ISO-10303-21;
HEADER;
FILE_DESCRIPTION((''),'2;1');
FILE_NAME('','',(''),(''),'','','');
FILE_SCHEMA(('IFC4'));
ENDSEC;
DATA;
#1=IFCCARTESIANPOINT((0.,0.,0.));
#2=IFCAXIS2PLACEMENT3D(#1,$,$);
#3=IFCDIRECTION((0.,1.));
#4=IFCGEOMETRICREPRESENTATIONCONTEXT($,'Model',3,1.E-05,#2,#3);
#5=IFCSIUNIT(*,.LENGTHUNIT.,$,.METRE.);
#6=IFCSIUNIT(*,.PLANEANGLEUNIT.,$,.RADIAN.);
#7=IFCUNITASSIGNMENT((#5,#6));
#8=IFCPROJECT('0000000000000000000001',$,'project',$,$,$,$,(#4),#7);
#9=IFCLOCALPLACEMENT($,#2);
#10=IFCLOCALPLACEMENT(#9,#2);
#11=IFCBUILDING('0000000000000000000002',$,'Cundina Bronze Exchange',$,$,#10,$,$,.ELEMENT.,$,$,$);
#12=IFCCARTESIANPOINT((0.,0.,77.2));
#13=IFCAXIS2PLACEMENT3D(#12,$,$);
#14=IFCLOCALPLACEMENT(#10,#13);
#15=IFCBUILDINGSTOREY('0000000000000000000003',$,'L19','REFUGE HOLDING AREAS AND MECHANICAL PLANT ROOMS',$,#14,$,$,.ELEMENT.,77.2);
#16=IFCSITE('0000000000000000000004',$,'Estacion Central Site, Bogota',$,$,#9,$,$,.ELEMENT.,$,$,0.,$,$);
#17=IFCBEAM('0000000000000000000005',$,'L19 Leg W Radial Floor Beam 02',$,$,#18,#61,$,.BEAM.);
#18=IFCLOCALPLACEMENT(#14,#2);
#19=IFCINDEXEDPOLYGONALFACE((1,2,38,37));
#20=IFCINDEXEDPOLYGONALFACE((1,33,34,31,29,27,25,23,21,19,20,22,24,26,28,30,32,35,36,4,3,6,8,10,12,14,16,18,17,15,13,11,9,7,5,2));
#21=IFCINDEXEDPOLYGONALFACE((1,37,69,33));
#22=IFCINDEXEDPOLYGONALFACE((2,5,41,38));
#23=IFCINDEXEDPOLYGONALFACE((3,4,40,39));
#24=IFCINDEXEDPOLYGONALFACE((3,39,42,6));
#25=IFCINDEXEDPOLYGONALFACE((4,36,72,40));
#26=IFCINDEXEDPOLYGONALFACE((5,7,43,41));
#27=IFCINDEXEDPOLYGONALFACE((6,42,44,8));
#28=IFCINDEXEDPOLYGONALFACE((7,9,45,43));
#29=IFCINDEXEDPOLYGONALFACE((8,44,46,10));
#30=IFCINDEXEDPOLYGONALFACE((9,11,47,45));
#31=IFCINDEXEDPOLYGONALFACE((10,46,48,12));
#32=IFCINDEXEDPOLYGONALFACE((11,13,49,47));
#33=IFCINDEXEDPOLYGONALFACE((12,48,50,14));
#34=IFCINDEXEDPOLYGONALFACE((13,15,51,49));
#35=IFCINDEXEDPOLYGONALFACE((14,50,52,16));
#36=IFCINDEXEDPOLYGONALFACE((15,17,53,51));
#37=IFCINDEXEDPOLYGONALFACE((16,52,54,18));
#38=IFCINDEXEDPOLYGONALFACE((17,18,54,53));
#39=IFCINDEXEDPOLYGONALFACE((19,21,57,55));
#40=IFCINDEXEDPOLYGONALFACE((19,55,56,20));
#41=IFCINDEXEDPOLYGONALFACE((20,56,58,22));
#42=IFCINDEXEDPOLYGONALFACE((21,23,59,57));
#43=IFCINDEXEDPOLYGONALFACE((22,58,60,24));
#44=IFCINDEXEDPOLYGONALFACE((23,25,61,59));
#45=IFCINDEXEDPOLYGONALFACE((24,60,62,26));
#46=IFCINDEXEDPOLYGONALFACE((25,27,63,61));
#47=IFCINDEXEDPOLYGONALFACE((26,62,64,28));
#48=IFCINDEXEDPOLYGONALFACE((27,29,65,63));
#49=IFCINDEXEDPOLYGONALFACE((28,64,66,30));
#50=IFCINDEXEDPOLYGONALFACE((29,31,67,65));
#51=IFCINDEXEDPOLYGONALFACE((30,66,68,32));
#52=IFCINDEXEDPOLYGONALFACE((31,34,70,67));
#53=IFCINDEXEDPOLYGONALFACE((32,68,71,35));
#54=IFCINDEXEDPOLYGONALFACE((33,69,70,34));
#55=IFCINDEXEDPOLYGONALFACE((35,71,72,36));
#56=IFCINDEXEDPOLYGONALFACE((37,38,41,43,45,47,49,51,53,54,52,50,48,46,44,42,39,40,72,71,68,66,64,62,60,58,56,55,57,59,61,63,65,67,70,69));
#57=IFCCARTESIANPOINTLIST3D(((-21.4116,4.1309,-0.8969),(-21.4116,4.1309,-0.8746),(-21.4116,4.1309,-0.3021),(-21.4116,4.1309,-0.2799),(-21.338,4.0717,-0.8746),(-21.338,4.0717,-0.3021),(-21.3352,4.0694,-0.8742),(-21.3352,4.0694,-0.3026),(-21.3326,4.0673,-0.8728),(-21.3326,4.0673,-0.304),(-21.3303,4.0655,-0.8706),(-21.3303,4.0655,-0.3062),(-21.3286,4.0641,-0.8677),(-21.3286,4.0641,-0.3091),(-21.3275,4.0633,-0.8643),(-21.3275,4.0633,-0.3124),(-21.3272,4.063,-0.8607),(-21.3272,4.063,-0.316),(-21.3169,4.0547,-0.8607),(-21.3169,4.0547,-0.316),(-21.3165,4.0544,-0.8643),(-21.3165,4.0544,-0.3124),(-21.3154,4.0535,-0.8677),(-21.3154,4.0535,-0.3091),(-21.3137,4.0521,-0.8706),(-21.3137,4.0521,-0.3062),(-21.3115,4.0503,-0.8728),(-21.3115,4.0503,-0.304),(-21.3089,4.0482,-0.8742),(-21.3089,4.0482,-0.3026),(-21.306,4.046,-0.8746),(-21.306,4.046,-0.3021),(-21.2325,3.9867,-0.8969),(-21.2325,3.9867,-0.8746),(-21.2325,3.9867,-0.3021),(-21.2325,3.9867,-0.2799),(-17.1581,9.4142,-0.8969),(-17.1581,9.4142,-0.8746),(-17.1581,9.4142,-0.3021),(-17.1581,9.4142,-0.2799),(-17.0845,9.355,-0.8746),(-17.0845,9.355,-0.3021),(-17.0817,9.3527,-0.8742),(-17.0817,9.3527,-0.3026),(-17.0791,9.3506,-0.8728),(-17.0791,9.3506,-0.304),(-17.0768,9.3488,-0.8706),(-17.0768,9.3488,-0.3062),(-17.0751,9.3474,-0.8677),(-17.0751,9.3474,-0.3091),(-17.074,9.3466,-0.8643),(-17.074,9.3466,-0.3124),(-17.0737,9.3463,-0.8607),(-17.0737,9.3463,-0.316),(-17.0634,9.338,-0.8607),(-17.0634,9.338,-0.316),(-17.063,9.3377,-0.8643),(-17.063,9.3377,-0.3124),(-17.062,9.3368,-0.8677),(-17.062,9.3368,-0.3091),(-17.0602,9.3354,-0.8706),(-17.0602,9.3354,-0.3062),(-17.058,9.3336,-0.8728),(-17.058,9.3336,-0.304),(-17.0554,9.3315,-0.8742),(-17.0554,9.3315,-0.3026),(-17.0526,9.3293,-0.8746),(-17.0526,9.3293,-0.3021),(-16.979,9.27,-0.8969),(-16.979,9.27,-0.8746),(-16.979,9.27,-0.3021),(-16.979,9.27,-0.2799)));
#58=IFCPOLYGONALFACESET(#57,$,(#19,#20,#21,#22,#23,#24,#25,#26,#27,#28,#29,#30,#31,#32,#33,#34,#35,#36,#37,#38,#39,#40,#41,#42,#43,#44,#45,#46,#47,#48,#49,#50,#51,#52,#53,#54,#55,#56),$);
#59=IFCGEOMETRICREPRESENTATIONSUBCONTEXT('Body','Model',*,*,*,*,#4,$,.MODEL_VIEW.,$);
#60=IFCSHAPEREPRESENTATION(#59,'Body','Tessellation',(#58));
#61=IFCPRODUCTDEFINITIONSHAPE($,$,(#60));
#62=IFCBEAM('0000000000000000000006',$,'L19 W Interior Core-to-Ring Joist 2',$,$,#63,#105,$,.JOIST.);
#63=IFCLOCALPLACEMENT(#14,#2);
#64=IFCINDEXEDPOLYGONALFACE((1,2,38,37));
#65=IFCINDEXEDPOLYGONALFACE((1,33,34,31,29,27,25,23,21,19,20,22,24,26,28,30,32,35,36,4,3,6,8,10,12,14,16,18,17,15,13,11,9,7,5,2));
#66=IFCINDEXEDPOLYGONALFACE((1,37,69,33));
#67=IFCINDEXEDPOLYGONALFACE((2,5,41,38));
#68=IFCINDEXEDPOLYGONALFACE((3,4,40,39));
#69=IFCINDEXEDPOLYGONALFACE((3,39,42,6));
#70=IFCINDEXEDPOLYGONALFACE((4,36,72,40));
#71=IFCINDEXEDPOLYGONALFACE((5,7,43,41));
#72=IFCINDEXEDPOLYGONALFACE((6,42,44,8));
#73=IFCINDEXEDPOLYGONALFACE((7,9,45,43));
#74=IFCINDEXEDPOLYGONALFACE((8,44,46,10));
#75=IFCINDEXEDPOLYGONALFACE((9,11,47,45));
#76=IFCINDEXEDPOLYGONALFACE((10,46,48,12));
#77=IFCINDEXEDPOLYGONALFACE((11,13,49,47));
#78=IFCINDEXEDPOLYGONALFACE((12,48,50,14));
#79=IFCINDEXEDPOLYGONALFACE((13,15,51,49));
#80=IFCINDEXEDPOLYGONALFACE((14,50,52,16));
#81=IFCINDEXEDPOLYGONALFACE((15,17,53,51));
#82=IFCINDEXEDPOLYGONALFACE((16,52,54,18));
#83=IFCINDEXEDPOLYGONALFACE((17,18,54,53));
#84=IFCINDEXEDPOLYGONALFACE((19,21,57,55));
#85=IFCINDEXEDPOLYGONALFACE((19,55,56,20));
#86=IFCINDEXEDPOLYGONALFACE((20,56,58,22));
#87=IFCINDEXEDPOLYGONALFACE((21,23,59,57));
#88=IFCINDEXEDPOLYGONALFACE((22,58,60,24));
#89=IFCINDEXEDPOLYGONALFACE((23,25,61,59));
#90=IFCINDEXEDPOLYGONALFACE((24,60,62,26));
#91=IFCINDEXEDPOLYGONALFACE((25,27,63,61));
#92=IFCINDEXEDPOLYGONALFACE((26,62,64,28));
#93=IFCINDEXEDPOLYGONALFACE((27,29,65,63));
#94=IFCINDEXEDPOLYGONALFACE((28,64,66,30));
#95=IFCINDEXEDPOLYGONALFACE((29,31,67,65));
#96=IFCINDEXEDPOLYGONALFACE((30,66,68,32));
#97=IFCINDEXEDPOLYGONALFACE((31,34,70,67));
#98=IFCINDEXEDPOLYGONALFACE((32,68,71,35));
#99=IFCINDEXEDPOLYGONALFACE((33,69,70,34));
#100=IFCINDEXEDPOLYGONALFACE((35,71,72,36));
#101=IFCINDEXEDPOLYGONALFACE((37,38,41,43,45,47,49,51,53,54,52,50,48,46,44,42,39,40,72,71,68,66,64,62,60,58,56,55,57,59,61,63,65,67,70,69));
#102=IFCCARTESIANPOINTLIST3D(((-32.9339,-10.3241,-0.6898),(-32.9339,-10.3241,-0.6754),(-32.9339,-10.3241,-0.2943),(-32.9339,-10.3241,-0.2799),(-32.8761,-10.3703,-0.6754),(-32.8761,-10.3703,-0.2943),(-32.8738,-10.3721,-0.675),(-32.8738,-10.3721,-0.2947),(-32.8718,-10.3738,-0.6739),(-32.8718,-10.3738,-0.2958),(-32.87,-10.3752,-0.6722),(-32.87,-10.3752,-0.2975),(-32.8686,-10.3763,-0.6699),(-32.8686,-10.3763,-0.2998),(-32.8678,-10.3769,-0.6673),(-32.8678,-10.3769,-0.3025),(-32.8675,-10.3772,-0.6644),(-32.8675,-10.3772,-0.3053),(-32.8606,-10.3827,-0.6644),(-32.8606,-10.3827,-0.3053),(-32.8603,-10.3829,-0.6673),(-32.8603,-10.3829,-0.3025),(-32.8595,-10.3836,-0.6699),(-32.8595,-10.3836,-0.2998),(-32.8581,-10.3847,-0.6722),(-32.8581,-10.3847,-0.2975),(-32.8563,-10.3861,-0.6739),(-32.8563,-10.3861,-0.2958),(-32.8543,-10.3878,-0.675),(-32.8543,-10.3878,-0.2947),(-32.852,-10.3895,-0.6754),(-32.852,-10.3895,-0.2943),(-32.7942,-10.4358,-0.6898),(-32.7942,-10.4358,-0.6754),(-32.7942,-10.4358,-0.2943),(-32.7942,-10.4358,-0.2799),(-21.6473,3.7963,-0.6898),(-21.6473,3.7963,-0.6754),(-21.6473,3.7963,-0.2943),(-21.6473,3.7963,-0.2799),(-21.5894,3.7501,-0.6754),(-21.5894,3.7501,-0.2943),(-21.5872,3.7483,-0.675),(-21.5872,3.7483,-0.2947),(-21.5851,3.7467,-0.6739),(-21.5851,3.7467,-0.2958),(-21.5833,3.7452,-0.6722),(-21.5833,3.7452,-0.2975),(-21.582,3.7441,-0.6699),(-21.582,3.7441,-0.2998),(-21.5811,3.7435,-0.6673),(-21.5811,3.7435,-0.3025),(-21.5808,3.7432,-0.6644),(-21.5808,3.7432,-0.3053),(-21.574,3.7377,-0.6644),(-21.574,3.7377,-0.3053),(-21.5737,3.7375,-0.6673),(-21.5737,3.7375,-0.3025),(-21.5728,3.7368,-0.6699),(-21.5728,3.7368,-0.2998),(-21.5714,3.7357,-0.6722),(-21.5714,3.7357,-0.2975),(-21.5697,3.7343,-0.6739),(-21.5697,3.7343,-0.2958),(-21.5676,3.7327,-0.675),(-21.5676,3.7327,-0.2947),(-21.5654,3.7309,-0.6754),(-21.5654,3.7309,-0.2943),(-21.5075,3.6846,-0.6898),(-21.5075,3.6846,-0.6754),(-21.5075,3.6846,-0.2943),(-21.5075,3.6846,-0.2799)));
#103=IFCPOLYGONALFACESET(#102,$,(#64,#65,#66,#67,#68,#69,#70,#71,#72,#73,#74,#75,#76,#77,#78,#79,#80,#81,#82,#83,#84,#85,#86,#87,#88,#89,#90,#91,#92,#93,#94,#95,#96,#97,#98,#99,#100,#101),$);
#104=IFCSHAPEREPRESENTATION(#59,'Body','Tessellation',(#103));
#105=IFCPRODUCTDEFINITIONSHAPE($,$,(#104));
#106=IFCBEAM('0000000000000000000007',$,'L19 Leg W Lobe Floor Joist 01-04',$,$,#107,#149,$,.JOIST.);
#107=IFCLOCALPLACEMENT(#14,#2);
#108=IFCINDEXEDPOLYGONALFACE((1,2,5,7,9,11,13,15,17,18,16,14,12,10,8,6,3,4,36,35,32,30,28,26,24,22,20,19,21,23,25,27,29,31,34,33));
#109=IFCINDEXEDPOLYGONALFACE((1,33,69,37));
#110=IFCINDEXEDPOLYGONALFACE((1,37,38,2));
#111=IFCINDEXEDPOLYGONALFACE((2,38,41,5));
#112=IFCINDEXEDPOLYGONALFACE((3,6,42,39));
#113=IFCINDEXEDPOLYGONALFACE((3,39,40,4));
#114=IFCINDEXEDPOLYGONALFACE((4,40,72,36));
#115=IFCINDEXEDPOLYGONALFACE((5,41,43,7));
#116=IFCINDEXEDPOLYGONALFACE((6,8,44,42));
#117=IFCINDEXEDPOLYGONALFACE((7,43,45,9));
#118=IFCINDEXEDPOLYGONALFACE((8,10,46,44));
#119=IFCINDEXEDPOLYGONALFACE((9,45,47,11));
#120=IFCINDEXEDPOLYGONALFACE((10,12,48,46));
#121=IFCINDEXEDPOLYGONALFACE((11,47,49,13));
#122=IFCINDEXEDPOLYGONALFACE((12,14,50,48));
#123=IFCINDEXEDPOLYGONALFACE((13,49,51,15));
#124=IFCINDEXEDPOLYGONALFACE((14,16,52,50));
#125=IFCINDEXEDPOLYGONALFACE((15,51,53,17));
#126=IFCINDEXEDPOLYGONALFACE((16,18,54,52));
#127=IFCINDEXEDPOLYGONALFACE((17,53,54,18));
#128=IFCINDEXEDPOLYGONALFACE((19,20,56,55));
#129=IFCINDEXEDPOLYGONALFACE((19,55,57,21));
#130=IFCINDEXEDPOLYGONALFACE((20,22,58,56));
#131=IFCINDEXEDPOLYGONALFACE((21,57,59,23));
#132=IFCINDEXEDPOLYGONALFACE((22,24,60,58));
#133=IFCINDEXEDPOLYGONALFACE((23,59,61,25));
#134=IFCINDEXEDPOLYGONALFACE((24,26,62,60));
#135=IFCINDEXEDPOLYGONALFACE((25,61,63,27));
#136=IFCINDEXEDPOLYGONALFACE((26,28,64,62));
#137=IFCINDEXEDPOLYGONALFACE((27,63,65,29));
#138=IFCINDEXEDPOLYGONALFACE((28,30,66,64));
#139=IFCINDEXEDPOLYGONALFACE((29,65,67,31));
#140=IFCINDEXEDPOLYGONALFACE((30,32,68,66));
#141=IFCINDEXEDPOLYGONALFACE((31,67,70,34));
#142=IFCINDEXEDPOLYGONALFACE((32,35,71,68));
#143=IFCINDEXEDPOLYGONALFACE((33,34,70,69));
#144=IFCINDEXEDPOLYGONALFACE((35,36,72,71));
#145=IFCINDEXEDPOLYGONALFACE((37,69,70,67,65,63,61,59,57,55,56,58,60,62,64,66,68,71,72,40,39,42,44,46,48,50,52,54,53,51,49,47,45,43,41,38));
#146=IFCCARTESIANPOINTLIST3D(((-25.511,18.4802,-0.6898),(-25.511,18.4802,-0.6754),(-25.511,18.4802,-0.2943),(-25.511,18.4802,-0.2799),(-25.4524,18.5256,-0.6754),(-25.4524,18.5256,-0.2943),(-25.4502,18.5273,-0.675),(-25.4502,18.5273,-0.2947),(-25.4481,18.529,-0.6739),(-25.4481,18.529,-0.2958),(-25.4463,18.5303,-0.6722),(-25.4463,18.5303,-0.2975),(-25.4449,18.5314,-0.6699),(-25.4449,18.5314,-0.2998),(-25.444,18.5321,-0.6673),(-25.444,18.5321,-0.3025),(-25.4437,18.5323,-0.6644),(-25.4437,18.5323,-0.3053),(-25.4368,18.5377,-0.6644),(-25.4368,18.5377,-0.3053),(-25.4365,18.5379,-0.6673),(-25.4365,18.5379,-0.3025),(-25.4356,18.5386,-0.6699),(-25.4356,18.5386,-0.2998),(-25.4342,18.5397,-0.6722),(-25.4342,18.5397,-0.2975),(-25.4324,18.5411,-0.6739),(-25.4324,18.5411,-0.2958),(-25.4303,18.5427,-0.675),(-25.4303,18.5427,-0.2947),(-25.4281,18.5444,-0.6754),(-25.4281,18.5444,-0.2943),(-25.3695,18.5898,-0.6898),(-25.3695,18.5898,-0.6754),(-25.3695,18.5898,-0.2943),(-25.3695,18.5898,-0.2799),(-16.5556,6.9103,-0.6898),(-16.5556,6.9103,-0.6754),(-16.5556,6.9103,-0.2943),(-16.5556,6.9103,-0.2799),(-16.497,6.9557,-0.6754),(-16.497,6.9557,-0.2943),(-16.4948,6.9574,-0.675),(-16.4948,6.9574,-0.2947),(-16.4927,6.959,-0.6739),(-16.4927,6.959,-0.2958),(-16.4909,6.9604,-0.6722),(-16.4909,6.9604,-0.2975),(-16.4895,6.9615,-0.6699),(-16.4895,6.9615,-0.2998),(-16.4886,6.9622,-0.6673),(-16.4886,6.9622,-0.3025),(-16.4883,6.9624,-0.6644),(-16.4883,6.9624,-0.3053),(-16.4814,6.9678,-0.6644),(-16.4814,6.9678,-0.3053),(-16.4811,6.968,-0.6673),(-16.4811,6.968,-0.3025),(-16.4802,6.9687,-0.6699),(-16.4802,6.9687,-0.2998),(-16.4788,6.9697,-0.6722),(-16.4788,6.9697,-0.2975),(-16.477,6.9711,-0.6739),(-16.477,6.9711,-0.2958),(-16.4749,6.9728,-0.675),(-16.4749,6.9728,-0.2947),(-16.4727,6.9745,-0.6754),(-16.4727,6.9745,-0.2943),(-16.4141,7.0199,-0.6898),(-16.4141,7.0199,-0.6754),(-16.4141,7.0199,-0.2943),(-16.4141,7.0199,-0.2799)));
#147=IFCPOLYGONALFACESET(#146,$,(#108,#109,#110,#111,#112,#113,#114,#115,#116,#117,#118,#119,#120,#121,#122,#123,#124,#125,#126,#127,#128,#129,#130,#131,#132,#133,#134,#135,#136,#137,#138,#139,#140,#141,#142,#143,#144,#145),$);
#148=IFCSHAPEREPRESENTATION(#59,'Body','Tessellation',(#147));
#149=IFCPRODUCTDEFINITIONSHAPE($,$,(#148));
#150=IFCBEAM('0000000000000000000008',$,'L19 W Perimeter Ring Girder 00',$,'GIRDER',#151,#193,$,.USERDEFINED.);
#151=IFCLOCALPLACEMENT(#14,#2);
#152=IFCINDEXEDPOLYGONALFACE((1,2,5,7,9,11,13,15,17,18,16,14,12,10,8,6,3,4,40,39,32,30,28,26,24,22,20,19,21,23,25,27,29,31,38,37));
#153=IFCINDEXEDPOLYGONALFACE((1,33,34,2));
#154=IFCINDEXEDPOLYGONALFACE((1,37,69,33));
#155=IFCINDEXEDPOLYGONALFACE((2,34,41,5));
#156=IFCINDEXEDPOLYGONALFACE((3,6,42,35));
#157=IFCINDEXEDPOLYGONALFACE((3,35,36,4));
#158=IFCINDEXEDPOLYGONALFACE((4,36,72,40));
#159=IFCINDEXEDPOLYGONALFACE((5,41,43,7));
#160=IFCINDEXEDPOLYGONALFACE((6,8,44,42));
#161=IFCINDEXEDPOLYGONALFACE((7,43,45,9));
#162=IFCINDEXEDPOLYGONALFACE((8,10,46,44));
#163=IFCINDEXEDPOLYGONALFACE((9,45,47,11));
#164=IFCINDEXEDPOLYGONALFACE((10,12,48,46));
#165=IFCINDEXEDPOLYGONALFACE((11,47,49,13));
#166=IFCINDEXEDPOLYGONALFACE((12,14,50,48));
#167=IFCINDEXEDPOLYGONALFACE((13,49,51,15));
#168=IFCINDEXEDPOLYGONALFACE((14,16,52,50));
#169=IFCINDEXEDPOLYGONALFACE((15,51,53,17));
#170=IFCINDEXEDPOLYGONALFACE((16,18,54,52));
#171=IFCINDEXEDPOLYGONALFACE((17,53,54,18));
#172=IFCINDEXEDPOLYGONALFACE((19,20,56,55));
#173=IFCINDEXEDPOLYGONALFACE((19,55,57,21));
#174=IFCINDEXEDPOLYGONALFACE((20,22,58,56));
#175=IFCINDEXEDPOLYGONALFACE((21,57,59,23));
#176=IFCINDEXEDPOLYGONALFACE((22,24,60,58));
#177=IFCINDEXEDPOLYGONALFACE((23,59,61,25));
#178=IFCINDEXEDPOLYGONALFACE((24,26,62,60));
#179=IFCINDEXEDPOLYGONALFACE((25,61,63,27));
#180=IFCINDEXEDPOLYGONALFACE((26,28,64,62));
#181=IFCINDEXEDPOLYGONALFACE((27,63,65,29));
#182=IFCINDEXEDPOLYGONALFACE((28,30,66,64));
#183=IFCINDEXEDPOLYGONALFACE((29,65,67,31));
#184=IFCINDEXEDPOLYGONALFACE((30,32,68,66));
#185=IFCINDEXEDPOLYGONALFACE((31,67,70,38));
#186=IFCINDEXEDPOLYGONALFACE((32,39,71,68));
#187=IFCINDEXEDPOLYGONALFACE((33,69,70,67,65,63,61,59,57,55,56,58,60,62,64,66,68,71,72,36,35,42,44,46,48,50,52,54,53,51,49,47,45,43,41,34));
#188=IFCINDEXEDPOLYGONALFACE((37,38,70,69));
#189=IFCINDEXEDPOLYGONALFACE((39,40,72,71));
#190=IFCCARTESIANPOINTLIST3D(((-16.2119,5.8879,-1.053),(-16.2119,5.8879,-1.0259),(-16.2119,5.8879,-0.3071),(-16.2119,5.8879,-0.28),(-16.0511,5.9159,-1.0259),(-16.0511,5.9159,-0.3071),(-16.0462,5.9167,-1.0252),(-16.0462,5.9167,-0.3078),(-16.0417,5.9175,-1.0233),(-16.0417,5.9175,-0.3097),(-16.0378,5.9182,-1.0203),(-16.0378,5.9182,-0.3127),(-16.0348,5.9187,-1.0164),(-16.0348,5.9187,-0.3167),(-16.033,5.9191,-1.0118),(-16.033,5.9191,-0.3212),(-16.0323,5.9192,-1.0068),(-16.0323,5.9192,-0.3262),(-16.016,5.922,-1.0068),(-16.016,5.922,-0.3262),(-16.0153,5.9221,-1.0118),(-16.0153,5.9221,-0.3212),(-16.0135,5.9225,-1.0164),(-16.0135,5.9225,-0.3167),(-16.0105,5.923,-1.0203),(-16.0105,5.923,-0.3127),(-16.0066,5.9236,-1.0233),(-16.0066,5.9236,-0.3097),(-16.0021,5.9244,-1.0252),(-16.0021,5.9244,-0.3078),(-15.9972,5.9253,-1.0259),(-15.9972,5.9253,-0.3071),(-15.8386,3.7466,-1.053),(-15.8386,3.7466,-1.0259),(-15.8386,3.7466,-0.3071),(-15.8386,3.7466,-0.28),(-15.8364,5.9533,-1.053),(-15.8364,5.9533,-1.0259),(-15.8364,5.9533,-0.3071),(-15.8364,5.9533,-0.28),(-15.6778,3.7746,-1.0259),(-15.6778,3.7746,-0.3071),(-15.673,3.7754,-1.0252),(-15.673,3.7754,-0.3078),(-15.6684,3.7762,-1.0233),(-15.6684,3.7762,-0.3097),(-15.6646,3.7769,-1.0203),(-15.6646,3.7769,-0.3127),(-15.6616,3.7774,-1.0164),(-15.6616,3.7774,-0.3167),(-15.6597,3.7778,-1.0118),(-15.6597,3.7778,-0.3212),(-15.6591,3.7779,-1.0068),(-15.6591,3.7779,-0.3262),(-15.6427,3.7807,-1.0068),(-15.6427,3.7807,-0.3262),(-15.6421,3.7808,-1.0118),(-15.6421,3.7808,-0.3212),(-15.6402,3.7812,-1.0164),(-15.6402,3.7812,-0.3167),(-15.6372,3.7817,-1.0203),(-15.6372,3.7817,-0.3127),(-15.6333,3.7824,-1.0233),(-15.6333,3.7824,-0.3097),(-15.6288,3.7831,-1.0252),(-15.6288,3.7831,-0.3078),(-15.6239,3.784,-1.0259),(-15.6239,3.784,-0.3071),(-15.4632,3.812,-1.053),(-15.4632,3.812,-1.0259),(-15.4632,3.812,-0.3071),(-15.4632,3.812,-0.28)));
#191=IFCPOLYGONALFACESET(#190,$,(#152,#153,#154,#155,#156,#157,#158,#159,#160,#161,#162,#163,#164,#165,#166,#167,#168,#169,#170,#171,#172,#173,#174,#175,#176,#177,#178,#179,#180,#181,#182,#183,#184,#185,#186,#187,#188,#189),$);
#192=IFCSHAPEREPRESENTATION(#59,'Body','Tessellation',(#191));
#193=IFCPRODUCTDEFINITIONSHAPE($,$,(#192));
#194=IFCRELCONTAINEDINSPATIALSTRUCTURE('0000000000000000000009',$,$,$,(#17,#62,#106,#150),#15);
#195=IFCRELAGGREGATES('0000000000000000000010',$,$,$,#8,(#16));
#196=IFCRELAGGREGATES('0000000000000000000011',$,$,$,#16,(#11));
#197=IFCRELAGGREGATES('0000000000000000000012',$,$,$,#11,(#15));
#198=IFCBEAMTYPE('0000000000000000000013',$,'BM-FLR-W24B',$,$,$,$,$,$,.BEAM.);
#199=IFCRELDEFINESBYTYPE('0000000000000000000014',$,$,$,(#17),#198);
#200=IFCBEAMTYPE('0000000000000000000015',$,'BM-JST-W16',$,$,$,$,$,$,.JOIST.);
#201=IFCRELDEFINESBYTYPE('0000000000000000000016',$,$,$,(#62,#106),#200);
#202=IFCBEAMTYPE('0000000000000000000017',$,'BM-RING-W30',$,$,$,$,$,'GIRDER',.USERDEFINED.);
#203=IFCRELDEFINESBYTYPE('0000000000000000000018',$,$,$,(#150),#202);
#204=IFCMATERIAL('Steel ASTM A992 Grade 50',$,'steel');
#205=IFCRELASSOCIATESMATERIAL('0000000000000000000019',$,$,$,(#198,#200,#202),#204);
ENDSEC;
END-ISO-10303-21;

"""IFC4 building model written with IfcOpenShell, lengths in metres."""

from ifc_helpers import new_model, si_unit, direction, frame, origin, origin_2d, place, context, subcontext, project, spatial, i_section, extrude, material, material_profile, profile_set, type_object, element, save


model = new_model("IFC4")

# Units and contexts
model_context = context("Model", 3, precision=1e-05, world=origin(), true_north=direction((0.0, 1.0)))
body_context = subcontext(model_context, "Body", "Model", "MODEL_VIEW")
ifc_project = project(units=[si_unit("LENGTHUNIT", "METRE"), si_unit("PLANEANGLEUNIT", "RADIAN")], contexts=[model_context])

# Site, building, storey
site_placement = place(None, origin())
site = spatial("IfcSite", under=ifc_project, at=site_placement, Name="Estacion Central Site, Bogota", CompositionType="ELEMENT", RefElevation=0.0)
building_placement = place(site_placement, origin())
building = spatial("IfcBuilding", under=site, at=building_placement, Name="Cundina Bronze Exchange", CompositionType="ELEMENT")
storey_placement = place(building_placement, frame((0.0, 0.0, 77.2)))
storey = spatial("IfcBuildingStorey", under=building, at=storey_placement, Name="L19", Description="REFUGE HOLDING AREAS AND MECHANICAL PLANT ROOMS", CompositionType="ELEMENT", Elevation=77.2)

# Shared definitions
ifc_material_1 = material(Name="Steel ASTM A992 Grade 50", Category="steel")

# Beams
ifc_material_profile_1 = material_profile(ifc_material_1, i_section(OverallWidth=0.23, OverallDepth=0.6169, WebThickness=0.0132, FlangeThickness=0.0222, FilletRadius=0.0139, at=origin_2d()), Name="W24X94", Category="steel")
ifc_profile_set_1 = profile_set([ifc_material_profile_1], Name="Steel ASTM A992 Grade 50")
beam_type_1 = type_object("IfcBeamType", Name="BM-FLR-W24B", PredefinedType="BEAM", material=ifc_profile_set_1)
beam_1_placement = place(storey_placement, frame((-21.322, 4.0588, -0.5884), z_axis=(0.627106, 0.778934, 0.0), x_axis=(-0.778934, 0.627106, 0.0)))
element("IfcBeam", 1, at=beam_1_placement, inside=storey, type_object=beam_type_1, Name="L19 Leg W Radial Floor Beam 02", PredefinedType="BEAM", context=body_context, shape_type="SweptSolid", body=[
    extrude(i_section(OverallWidth=0.23, OverallDepth=0.6169, WebThickness=0.0132, FlangeThickness=0.0222, FilletRadius=0.0139, at=origin_2d()), origin(), (0.0, 0.0, 1.0), 6.7827),
])
ifc_material_profile_2 = material_profile(ifc_material_1, i_section(OverallWidth=0.179, OverallDepth=0.4099, WebThickness=0.0088, FlangeThickness=0.0144, FilletRadius=0.011, at=origin_2d()), Name="W16X45", Category="steel")
ifc_profile_set_2 = profile_set([ifc_material_profile_2], Name="Steel ASTM A992 Grade 50")
beam_type_2 = type_object("IfcBeamType", Name="BM-JST-W16", PredefinedType="JOIST", material=ifc_profile_set_2)
beam_2_placement = place(storey_placement, frame((-21.5774, 3.7405, -0.4849), z_axis=(-0.624369, -0.78113, 0.0), x_axis=(0.78113, -0.624369, 0.0)))
element("IfcBeam", 2, at=beam_2_placement, inside=storey, type_object=beam_type_2, Name="L19 W Interior Core-to-Ring Joist 2", PredefinedType="JOIST", context=body_context, shape_type="SweptSolid", body=[
    extrude(i_section(OverallWidth=0.179, OverallDepth=0.4099, WebThickness=0.0088, FlangeThickness=0.0144, FilletRadius=0.011, at=origin_2d()), origin(), (0.0, 0.0, 1.0), 18.0769),
])
beam_3_placement = place(storey_placement, frame((-16.4849, 6.9651, -0.4849), z_axis=(-0.612089, 0.790789, 0.0), x_axis=(-0.790789, -0.612089, 0.0)))
element("IfcBeam", 3, at=beam_3_placement, inside=storey, type_object=beam_type_2, Name="L19 Leg W Lobe Floor Joist 01-04", PredefinedType="JOIST", context=body_context, shape_type="SweptSolid", body=[
    extrude(i_section(OverallWidth=0.179, OverallDepth=0.4099, WebThickness=0.0088, FlangeThickness=0.0144, FilletRadius=0.011, at=origin_2d()), origin(), (0.0, 0.0, 1.0), 14.6309),
])
ifc_material_profile_3 = material_profile(ifc_material_1, i_section(OverallWidth=0.3811, OverallDepth=0.7729, WebThickness=0.0166, FlangeThickness=0.0271, FilletRadius=0.019, at=origin_2d()), Name="W30X173", Category="steel")
ifc_profile_set_3 = profile_set([ifc_material_profile_3], Name="Steel ASTM A992 Grade 50")
beam_type_3 = type_object("IfcBeamType", Name="BM-RING-W30", ElementType="GIRDER", PredefinedType="USERDEFINED", material=ifc_profile_set_3)
for number, where, z_axis, x_axis, name in (
    (4, (-15.6509, 3.7793, -0.6665), (-0.171735, 0.985143, 0.0), (-0.985143, -0.171735, 0.0), "L19 W Perimeter Ring Girder 00"),
):
    element("IfcBeam", number, at=place(storey_placement, frame(where, z_axis=z_axis, x_axis=x_axis)), inside=storey, type_object=beam_type_3, Name=name, ObjectType="GIRDER", PredefinedType="USERDEFINED", context=body_context, shape_type="SweptSolid", body=[
        extrude(i_section(OverallWidth=0.3811, OverallDepth=0.7729, WebThickness=0.0166, FlangeThickness=0.0271, FilletRadius=0.019, at=origin_2d()), origin(), (0.0, 0.0, 1.0), 2.1736),
    ])

save(model, "model.ifc")
